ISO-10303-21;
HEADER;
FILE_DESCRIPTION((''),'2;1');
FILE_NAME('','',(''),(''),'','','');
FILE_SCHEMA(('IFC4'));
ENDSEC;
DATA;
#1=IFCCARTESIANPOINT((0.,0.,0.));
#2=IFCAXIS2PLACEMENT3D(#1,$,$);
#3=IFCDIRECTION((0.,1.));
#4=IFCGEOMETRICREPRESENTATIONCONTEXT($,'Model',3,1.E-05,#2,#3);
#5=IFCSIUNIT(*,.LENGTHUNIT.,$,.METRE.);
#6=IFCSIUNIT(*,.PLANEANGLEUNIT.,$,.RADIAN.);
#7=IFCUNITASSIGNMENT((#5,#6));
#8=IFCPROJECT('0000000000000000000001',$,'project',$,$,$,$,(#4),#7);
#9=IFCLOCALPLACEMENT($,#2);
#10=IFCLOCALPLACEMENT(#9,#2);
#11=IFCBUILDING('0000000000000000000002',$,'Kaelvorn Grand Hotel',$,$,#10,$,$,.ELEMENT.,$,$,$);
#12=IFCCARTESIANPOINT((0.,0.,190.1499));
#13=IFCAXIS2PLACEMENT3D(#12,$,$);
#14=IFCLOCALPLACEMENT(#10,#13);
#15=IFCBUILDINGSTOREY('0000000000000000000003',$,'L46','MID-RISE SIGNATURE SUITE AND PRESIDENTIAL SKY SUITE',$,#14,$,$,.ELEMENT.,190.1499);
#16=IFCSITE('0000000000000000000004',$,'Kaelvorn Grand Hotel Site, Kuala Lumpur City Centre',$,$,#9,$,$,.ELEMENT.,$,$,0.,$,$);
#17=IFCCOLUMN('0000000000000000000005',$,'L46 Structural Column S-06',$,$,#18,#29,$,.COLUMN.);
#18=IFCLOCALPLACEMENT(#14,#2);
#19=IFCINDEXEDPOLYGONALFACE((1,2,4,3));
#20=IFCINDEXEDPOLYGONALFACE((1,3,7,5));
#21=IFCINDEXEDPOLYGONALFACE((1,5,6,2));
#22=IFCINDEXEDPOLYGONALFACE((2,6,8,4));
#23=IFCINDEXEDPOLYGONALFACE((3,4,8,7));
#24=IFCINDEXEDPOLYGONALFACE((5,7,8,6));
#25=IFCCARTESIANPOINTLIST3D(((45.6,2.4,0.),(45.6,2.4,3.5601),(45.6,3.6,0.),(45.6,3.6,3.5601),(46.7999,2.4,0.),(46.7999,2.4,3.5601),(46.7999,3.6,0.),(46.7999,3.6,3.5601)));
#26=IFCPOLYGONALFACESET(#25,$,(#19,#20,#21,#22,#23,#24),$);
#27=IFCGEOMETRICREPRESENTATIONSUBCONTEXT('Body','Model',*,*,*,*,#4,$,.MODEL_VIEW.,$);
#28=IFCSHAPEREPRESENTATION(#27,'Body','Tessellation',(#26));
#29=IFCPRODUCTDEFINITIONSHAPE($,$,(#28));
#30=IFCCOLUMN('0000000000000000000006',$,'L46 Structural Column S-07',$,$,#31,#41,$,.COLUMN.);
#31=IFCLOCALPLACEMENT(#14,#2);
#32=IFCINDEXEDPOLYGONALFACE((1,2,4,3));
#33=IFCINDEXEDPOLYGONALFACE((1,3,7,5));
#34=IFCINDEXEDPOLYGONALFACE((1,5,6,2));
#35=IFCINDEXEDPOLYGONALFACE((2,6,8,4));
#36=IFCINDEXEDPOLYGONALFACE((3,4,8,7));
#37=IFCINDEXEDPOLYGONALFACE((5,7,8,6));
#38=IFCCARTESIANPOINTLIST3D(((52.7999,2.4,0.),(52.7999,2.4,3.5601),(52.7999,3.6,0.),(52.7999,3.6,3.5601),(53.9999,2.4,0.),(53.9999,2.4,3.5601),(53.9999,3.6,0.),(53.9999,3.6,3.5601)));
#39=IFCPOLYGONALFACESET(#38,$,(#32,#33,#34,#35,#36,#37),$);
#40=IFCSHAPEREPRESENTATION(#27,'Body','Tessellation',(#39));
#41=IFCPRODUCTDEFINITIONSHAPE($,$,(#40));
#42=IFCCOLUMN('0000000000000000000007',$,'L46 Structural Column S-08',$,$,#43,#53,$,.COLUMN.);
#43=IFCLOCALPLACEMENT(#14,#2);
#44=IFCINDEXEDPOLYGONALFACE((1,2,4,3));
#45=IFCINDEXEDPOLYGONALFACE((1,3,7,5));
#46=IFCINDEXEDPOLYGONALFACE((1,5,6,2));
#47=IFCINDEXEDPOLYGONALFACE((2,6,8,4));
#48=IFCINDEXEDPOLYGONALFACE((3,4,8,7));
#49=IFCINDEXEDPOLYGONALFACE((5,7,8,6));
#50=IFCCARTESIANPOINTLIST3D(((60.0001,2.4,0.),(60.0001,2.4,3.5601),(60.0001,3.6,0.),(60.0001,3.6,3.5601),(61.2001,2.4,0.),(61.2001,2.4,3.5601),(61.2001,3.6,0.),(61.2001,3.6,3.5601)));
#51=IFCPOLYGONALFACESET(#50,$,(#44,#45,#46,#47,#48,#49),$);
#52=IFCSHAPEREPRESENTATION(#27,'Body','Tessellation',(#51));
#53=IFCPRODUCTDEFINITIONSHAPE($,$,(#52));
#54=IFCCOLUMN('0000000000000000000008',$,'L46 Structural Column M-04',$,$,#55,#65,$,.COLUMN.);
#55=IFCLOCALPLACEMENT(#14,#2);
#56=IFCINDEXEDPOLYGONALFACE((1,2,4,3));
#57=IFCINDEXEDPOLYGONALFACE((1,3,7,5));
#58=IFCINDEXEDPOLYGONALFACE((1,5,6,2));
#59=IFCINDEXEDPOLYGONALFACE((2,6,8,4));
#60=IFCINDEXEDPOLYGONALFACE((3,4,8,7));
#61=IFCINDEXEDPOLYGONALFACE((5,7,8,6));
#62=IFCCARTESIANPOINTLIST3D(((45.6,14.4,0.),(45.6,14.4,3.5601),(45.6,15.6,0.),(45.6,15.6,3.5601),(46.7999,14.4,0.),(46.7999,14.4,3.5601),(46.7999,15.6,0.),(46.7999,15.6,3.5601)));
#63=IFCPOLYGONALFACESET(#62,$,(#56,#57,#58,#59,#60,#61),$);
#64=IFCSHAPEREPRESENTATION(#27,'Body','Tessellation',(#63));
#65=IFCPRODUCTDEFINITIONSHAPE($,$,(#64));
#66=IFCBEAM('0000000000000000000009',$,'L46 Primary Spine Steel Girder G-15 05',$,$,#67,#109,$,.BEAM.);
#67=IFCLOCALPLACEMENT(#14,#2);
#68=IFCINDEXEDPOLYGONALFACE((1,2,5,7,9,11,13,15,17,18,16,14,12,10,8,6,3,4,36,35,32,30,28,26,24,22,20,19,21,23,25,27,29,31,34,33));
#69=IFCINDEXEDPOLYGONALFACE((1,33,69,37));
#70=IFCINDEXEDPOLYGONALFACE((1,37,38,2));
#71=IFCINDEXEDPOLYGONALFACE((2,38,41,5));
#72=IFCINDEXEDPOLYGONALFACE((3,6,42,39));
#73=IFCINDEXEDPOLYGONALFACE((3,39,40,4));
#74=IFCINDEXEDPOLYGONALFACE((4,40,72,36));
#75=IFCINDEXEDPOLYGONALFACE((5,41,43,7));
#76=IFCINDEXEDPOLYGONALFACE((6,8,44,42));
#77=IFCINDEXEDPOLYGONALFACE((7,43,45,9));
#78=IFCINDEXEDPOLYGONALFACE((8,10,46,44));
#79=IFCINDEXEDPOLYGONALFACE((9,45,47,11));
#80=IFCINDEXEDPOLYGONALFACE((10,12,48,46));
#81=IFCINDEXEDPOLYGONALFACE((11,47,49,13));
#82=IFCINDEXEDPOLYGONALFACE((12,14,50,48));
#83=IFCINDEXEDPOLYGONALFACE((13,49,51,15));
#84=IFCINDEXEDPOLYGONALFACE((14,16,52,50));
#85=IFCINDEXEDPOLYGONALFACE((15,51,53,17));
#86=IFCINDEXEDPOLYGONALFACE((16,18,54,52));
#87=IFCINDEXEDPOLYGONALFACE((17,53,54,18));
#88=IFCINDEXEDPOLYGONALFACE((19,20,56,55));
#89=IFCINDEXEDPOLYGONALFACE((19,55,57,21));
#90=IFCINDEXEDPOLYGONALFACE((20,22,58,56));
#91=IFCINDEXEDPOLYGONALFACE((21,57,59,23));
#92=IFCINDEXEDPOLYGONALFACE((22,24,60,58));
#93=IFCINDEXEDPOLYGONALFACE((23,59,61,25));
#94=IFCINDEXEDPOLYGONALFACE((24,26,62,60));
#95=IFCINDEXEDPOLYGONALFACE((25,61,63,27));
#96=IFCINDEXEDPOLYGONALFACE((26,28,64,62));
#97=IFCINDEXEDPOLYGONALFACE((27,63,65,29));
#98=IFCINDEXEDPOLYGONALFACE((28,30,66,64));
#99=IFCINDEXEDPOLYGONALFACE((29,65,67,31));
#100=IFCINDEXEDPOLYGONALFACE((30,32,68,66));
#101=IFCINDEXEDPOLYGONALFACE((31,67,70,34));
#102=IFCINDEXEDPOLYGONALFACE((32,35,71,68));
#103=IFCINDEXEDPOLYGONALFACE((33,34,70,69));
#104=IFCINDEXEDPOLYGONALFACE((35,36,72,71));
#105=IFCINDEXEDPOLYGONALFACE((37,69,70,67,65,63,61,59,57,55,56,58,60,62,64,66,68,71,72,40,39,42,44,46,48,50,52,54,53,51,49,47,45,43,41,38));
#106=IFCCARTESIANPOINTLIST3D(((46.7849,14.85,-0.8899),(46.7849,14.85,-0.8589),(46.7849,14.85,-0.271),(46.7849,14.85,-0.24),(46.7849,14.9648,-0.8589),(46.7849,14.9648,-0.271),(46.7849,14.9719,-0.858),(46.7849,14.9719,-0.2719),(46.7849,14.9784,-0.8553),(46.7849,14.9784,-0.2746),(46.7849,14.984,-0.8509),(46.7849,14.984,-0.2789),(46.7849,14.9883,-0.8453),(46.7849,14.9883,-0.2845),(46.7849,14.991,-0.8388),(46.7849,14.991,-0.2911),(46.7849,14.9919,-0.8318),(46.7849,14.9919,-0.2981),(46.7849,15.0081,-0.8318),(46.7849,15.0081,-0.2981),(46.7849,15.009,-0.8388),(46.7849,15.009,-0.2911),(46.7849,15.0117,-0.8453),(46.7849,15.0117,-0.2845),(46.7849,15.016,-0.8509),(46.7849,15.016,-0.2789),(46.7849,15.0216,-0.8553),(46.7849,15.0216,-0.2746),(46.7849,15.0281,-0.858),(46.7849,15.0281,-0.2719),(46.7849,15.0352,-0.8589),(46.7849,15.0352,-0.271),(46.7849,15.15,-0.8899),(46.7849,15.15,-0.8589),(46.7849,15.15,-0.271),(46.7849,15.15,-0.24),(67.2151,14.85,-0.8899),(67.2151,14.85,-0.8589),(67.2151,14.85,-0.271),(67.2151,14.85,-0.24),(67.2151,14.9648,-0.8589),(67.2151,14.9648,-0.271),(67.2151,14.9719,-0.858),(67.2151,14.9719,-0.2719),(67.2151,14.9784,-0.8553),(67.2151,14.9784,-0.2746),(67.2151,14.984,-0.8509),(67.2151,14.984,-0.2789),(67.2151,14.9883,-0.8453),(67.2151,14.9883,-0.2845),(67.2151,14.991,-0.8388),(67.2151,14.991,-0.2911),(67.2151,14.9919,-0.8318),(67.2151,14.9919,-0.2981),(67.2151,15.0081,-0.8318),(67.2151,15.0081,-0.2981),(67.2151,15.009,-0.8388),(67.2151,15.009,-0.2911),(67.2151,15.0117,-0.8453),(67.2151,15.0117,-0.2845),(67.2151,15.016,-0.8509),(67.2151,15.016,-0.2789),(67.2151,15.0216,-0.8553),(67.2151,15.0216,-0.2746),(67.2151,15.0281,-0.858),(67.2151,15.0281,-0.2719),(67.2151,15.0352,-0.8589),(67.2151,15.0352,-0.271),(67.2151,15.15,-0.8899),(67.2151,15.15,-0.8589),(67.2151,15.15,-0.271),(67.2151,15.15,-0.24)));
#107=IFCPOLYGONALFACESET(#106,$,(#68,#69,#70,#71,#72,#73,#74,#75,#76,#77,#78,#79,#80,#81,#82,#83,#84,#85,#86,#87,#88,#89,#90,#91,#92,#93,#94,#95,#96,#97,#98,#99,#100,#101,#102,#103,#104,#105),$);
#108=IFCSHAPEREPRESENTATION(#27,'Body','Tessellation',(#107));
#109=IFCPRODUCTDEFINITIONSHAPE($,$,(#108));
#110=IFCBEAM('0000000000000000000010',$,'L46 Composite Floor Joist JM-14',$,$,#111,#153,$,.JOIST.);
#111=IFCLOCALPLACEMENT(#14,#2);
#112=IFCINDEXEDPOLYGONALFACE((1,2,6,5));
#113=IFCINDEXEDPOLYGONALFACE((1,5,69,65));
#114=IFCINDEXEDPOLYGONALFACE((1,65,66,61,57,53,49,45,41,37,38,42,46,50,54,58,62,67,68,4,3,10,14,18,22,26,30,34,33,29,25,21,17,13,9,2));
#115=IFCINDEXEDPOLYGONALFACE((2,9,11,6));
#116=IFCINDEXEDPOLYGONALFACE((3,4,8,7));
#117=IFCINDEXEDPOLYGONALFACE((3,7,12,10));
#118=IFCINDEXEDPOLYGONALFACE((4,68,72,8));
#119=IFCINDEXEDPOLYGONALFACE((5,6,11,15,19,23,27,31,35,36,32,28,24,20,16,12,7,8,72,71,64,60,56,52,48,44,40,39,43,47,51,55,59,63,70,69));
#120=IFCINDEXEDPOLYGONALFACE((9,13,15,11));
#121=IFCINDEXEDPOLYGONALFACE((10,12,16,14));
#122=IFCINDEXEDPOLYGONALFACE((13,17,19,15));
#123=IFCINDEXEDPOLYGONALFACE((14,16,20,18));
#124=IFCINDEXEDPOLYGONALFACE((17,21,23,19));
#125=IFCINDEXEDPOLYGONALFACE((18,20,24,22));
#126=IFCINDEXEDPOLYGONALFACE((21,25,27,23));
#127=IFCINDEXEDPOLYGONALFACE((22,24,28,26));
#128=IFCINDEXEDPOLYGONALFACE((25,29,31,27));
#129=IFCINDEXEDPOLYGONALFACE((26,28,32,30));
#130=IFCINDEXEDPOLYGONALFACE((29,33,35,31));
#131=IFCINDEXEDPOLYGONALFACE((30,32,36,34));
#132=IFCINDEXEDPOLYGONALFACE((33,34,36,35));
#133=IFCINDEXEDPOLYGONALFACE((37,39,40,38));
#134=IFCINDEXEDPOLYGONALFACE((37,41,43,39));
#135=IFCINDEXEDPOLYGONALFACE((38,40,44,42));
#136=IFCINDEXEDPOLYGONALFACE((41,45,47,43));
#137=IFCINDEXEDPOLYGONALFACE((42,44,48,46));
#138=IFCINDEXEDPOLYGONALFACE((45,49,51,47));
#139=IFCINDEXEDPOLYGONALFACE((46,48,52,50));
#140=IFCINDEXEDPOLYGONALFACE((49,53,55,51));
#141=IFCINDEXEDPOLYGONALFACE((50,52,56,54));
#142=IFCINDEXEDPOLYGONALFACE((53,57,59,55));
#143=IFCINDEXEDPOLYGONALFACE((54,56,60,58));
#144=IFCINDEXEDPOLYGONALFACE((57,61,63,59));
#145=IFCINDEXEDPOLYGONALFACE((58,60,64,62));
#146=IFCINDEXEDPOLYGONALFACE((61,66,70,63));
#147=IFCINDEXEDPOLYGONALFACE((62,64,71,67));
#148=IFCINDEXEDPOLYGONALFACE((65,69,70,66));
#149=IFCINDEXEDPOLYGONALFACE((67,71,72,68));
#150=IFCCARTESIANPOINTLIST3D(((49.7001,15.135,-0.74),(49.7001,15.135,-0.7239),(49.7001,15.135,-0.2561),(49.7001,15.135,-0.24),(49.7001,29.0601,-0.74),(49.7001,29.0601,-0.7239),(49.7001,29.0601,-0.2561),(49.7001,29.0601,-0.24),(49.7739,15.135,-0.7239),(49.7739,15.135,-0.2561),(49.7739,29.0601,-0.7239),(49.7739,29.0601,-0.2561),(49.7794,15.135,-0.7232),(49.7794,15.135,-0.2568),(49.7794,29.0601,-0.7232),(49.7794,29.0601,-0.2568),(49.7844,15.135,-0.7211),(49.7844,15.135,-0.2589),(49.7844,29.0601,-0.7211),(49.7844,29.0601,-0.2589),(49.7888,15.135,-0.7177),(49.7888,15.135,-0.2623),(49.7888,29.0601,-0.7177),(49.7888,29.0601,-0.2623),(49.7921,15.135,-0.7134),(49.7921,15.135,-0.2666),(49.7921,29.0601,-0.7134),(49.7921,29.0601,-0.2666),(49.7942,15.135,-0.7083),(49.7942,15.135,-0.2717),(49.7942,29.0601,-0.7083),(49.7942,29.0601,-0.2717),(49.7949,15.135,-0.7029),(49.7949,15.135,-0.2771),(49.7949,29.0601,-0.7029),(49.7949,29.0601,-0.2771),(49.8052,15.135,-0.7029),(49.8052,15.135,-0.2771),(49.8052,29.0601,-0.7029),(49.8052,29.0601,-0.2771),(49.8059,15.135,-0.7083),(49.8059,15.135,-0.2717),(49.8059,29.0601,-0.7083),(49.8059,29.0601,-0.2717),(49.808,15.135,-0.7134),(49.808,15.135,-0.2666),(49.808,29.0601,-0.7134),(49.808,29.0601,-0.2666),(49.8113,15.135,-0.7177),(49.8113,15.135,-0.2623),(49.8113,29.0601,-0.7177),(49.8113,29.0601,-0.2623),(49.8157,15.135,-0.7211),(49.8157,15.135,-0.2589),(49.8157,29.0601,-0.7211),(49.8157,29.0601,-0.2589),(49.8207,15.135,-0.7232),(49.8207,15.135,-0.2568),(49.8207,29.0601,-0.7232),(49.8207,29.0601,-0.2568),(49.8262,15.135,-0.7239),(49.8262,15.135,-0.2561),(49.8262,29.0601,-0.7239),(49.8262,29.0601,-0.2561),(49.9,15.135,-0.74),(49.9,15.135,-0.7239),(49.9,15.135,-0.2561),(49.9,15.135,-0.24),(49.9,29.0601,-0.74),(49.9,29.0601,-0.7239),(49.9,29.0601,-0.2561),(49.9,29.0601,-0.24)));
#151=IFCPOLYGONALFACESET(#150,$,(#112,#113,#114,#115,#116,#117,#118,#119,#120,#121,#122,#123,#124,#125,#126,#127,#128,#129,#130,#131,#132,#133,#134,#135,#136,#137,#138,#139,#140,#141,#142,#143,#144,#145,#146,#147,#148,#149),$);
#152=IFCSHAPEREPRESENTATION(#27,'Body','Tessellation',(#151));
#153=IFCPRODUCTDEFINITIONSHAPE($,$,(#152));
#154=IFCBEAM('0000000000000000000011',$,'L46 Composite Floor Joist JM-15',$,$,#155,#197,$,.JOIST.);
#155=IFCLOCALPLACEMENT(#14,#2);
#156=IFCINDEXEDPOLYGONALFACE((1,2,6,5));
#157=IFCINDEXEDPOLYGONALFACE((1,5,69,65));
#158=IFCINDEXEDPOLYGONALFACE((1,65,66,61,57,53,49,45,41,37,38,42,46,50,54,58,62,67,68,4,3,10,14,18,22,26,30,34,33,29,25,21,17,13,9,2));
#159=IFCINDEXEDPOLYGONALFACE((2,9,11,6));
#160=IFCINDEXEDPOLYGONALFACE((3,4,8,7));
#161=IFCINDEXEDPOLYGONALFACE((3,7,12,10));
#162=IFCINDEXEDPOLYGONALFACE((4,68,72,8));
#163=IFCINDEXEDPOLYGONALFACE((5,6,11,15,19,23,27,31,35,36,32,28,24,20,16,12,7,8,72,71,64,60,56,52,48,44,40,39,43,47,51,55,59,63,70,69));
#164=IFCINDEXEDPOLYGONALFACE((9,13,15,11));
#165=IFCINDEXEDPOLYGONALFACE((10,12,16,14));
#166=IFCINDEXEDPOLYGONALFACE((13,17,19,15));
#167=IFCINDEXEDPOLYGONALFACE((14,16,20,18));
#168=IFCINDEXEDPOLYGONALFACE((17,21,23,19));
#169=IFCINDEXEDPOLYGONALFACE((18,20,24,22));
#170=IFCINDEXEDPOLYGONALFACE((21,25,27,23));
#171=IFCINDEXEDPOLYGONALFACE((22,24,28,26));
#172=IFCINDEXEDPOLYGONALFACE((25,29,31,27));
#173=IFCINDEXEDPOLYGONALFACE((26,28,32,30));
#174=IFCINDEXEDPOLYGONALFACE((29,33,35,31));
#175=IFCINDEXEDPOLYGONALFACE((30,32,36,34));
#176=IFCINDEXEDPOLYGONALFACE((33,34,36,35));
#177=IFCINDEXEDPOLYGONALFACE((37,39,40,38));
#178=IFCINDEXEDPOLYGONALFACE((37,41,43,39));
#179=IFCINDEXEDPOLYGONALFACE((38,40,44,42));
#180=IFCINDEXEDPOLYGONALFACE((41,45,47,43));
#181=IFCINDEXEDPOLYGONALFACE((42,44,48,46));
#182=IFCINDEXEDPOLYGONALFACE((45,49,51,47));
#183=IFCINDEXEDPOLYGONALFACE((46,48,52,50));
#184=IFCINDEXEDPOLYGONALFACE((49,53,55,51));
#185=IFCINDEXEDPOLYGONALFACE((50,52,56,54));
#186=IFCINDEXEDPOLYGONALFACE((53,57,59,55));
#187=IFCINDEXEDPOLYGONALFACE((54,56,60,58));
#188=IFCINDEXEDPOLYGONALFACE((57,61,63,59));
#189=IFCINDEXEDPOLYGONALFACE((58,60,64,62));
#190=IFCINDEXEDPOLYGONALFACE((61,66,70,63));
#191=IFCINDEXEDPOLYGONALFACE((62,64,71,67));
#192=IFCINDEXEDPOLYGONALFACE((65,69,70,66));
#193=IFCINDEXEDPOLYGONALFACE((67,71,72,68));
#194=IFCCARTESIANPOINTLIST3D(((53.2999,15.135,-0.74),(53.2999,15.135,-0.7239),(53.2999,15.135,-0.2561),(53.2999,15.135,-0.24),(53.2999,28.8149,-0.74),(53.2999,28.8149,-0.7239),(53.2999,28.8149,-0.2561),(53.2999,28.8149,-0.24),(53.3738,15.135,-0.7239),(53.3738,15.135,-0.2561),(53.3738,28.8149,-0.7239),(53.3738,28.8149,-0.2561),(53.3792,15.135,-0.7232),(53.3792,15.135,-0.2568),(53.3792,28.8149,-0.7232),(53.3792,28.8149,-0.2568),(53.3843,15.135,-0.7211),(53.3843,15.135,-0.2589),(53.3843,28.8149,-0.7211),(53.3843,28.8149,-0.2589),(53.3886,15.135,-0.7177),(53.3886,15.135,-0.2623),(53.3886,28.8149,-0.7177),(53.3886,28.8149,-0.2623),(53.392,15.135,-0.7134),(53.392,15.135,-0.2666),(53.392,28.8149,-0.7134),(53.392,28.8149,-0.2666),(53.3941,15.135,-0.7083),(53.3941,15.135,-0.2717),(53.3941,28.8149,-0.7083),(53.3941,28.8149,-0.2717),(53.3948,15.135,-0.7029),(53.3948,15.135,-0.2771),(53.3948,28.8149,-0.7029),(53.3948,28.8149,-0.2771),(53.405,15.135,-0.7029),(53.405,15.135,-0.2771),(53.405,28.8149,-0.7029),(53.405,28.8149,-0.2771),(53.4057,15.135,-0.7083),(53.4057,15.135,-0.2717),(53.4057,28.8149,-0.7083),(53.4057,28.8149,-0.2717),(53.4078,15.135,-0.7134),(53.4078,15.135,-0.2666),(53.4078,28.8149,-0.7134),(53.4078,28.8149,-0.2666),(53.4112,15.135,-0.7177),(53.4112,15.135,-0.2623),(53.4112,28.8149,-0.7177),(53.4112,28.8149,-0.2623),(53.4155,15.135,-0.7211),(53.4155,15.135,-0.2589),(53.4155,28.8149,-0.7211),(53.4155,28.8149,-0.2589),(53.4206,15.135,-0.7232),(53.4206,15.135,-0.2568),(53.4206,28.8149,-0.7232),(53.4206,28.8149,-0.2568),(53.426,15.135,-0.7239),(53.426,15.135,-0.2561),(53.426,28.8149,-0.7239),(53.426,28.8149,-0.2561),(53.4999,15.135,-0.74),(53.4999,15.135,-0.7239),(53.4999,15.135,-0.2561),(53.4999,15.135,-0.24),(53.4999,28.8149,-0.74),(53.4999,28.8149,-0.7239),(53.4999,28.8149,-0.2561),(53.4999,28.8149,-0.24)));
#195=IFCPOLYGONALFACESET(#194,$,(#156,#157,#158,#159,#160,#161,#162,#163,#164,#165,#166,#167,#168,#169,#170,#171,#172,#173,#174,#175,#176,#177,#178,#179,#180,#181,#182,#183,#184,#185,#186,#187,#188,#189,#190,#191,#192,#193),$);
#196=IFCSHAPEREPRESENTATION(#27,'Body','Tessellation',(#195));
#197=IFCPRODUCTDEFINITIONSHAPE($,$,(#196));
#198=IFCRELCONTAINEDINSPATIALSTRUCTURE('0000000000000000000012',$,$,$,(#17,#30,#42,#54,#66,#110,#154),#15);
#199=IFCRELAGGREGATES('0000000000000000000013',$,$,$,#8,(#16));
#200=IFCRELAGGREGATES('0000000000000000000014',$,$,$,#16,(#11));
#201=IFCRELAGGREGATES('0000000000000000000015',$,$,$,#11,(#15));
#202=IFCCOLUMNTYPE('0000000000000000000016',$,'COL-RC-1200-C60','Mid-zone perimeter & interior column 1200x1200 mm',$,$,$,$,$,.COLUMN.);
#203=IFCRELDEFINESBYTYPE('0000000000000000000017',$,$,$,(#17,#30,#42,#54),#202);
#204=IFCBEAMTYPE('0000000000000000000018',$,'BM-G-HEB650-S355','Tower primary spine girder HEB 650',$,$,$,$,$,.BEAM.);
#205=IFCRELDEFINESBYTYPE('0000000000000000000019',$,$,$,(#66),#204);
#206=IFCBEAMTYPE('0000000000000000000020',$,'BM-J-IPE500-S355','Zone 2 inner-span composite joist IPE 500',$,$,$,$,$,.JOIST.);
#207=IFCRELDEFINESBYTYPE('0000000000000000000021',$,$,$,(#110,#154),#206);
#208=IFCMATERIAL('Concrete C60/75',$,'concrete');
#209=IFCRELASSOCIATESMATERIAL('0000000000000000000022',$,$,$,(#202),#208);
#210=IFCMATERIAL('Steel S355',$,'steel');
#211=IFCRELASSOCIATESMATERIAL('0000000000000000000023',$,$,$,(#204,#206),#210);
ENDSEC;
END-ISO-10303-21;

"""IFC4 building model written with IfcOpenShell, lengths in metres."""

from ifc_helpers import new_model, si_unit, direction, frame, origin, origin_2d, place, context, subcontext, project, spatial, rectangle, i_section, extrude, material, material_profile, profile_set, type_object, element, save


model = new_model("IFC4")

# Units and contexts
model_context = context("Model", 3, precision=1e-05, world=origin(), true_north=direction((0.0, 1.0)))
body_context = subcontext(model_context, "Body", "Model", "MODEL_VIEW")
ifc_project = project(units=[si_unit("LENGTHUNIT", "METRE"), si_unit("PLANEANGLEUNIT", "RADIAN")], contexts=[model_context])

# Site, building, storey
site_placement = place(None, origin())
site = spatial("IfcSite", under=ifc_project, at=site_placement, Name="Kaelvorn Grand Hotel Site, Kuala Lumpur City Centre", CompositionType="ELEMENT", RefElevation=0.0)
building_placement = place(site_placement, origin())
building = spatial("IfcBuilding", under=site, at=building_placement, Name="Kaelvorn Grand Hotel", CompositionType="ELEMENT")
storey_placement = place(building_placement, frame((0.0, 0.0, 190.1499)))
storey = spatial("IfcBuildingStorey", under=building, at=storey_placement, Name="L46", Description="MID-RISE SIGNATURE SUITE AND PRESIDENTIAL SKY SUITE", CompositionType="ELEMENT", Elevation=190.1499)

# Columns
ifc_material_1 = material(Name="Concrete C60/75", Category="concrete")
ifc_material_profile_1 = material_profile(ifc_material_1, rectangle(XDim=1.2, YDim=1.2, at=origin_2d()), Name="RC COL 1200x1200")
ifc_profile_set_1 = profile_set([ifc_material_profile_1], Name="Concrete C60/75")
column_type = type_object("IfcColumnType", Name="COL-RC-1200-C60", Description="Mid-zone perimeter & interior column 1200x1200 mm", PredefinedType="COLUMN", material=ifc_profile_set_1)
for number, where, z_axis, x_axis, name in (
    (1, (46.2, 3.0, 0.0), (0.0, 0.0, 1.0), (1.0, 0.0, 0.0), "L46 Structural Column S-06"),
    (2, (53.3999, 3.0, 0.0), (0.0, 0.0, 1.0), (1.0, 0.0, 0.0), "L46 Structural Column S-07"),
    (3, (60.6001, 3.0, 0.0), (0.0, 0.0, 1.0), (1.0, 0.0, 0.0), "L46 Structural Column S-08"),
    (4, (46.2, 15.0, 0.0), (0.0, 0.0, 1.0), (1.0, 0.0, 0.0), "L46 Structural Column M-04"),
):
    element("IfcColumn", number, at=place(storey_placement, frame(where, z_axis=z_axis, x_axis=x_axis)), inside=storey, type_object=column_type, Name=name, PredefinedType="COLUMN", context=body_context, shape_type="SweptSolid", body=[
        extrude(rectangle(XDim=1.2, YDim=1.2, at=origin_2d()), origin(), (0.0, 0.0, 1.0), 3.5601),
    ])

# Beams
ifc_material_2 = material(Name="Steel S355", Category="steel")
ifc_material_profile_2 = material_profile(ifc_material_2, i_section(OverallWidth=0.3, OverallDepth=0.6499, WebThickness=0.0161, FlangeThickness=0.031, FilletRadius=0.0271, at=origin_2d()), Name="HEB 650")
ifc_profile_set_2 = profile_set([ifc_material_profile_2], Name="Steel S355")
beam_type_1 = type_object("IfcBeamType", Name="BM-G-HEB650-S355", Description="Tower primary spine girder HEB 650", PredefinedType="BEAM", material=ifc_profile_set_2)
beam_1_placement = place(storey_placement, frame((46.7849, 15.0, -0.5649), z_axis=(1.0, 0.0, 0.0), x_axis=(0.0, 1.0, 0.0)))
element("IfcBeam", 5, at=beam_1_placement, inside=storey, type_object=beam_type_1, Name="L46 Primary Spine Steel Girder G-15 05", PredefinedType="BEAM", context=body_context, shape_type="SweptSolid", body=[
    extrude(i_section(OverallWidth=0.3, OverallDepth=0.6499, WebThickness=0.0161, FlangeThickness=0.031, FilletRadius=0.0271, at=origin_2d()), origin(), (0.0, 0.0, 1.0), 20.4302),
])
ifc_material_profile_3 = material_profile(ifc_material_2, i_section(OverallWidth=0.2, OverallDepth=0.5, WebThickness=0.0103, FlangeThickness=0.0161, FilletRadius=0.021, at=origin_2d()), Name="IPE 500")
ifc_profile_set_3 = profile_set([ifc_material_profile_3], Name="Steel S355")
beam_type_2 = type_object("IfcBeamType", Name="BM-J-IPE500-S355", Description="Zone 2 inner-span composite joist IPE 500", PredefinedType="JOIST", material=ifc_profile_set_3)
beam_2_placement = place(storey_placement, frame((49.8, 15.135, -0.49), z_axis=(0.0, 1.0, 0.0), x_axis=(-1.0, 0.0, 0.0)))
element("IfcBeam", 6, at=beam_2_placement, inside=storey, type_object=beam_type_2, Name="L46 Composite Floor Joist JM-14", PredefinedType="JOIST", context=body_context, shape_type="SweptSolid", body=[
    extrude(i_section(OverallWidth=0.2, OverallDepth=0.5, WebThickness=0.0103, FlangeThickness=0.0161, FilletRadius=0.021, at=origin_2d()), origin(), (0.0, 0.0, 1.0), 13.925),
])
beam_3_placement = place(storey_placement, frame((53.3999, 15.135, -0.49), z_axis=(0.0, 1.0, 0.0), x_axis=(-1.0, 0.0, 0.0)))
element("IfcBeam", 7, at=beam_3_placement, inside=storey, type_object=beam_type_2, Name="L46 Composite Floor Joist JM-15", PredefinedType="JOIST", context=body_context, shape_type="SweptSolid", body=[
    extrude(i_section(OverallWidth=0.2, OverallDepth=0.5, WebThickness=0.0103, FlangeThickness=0.0161, FilletRadius=0.021, at=origin_2d()), origin(), (0.0, 0.0, 1.0), 13.6799),
])

save(model, "model.ifc")
